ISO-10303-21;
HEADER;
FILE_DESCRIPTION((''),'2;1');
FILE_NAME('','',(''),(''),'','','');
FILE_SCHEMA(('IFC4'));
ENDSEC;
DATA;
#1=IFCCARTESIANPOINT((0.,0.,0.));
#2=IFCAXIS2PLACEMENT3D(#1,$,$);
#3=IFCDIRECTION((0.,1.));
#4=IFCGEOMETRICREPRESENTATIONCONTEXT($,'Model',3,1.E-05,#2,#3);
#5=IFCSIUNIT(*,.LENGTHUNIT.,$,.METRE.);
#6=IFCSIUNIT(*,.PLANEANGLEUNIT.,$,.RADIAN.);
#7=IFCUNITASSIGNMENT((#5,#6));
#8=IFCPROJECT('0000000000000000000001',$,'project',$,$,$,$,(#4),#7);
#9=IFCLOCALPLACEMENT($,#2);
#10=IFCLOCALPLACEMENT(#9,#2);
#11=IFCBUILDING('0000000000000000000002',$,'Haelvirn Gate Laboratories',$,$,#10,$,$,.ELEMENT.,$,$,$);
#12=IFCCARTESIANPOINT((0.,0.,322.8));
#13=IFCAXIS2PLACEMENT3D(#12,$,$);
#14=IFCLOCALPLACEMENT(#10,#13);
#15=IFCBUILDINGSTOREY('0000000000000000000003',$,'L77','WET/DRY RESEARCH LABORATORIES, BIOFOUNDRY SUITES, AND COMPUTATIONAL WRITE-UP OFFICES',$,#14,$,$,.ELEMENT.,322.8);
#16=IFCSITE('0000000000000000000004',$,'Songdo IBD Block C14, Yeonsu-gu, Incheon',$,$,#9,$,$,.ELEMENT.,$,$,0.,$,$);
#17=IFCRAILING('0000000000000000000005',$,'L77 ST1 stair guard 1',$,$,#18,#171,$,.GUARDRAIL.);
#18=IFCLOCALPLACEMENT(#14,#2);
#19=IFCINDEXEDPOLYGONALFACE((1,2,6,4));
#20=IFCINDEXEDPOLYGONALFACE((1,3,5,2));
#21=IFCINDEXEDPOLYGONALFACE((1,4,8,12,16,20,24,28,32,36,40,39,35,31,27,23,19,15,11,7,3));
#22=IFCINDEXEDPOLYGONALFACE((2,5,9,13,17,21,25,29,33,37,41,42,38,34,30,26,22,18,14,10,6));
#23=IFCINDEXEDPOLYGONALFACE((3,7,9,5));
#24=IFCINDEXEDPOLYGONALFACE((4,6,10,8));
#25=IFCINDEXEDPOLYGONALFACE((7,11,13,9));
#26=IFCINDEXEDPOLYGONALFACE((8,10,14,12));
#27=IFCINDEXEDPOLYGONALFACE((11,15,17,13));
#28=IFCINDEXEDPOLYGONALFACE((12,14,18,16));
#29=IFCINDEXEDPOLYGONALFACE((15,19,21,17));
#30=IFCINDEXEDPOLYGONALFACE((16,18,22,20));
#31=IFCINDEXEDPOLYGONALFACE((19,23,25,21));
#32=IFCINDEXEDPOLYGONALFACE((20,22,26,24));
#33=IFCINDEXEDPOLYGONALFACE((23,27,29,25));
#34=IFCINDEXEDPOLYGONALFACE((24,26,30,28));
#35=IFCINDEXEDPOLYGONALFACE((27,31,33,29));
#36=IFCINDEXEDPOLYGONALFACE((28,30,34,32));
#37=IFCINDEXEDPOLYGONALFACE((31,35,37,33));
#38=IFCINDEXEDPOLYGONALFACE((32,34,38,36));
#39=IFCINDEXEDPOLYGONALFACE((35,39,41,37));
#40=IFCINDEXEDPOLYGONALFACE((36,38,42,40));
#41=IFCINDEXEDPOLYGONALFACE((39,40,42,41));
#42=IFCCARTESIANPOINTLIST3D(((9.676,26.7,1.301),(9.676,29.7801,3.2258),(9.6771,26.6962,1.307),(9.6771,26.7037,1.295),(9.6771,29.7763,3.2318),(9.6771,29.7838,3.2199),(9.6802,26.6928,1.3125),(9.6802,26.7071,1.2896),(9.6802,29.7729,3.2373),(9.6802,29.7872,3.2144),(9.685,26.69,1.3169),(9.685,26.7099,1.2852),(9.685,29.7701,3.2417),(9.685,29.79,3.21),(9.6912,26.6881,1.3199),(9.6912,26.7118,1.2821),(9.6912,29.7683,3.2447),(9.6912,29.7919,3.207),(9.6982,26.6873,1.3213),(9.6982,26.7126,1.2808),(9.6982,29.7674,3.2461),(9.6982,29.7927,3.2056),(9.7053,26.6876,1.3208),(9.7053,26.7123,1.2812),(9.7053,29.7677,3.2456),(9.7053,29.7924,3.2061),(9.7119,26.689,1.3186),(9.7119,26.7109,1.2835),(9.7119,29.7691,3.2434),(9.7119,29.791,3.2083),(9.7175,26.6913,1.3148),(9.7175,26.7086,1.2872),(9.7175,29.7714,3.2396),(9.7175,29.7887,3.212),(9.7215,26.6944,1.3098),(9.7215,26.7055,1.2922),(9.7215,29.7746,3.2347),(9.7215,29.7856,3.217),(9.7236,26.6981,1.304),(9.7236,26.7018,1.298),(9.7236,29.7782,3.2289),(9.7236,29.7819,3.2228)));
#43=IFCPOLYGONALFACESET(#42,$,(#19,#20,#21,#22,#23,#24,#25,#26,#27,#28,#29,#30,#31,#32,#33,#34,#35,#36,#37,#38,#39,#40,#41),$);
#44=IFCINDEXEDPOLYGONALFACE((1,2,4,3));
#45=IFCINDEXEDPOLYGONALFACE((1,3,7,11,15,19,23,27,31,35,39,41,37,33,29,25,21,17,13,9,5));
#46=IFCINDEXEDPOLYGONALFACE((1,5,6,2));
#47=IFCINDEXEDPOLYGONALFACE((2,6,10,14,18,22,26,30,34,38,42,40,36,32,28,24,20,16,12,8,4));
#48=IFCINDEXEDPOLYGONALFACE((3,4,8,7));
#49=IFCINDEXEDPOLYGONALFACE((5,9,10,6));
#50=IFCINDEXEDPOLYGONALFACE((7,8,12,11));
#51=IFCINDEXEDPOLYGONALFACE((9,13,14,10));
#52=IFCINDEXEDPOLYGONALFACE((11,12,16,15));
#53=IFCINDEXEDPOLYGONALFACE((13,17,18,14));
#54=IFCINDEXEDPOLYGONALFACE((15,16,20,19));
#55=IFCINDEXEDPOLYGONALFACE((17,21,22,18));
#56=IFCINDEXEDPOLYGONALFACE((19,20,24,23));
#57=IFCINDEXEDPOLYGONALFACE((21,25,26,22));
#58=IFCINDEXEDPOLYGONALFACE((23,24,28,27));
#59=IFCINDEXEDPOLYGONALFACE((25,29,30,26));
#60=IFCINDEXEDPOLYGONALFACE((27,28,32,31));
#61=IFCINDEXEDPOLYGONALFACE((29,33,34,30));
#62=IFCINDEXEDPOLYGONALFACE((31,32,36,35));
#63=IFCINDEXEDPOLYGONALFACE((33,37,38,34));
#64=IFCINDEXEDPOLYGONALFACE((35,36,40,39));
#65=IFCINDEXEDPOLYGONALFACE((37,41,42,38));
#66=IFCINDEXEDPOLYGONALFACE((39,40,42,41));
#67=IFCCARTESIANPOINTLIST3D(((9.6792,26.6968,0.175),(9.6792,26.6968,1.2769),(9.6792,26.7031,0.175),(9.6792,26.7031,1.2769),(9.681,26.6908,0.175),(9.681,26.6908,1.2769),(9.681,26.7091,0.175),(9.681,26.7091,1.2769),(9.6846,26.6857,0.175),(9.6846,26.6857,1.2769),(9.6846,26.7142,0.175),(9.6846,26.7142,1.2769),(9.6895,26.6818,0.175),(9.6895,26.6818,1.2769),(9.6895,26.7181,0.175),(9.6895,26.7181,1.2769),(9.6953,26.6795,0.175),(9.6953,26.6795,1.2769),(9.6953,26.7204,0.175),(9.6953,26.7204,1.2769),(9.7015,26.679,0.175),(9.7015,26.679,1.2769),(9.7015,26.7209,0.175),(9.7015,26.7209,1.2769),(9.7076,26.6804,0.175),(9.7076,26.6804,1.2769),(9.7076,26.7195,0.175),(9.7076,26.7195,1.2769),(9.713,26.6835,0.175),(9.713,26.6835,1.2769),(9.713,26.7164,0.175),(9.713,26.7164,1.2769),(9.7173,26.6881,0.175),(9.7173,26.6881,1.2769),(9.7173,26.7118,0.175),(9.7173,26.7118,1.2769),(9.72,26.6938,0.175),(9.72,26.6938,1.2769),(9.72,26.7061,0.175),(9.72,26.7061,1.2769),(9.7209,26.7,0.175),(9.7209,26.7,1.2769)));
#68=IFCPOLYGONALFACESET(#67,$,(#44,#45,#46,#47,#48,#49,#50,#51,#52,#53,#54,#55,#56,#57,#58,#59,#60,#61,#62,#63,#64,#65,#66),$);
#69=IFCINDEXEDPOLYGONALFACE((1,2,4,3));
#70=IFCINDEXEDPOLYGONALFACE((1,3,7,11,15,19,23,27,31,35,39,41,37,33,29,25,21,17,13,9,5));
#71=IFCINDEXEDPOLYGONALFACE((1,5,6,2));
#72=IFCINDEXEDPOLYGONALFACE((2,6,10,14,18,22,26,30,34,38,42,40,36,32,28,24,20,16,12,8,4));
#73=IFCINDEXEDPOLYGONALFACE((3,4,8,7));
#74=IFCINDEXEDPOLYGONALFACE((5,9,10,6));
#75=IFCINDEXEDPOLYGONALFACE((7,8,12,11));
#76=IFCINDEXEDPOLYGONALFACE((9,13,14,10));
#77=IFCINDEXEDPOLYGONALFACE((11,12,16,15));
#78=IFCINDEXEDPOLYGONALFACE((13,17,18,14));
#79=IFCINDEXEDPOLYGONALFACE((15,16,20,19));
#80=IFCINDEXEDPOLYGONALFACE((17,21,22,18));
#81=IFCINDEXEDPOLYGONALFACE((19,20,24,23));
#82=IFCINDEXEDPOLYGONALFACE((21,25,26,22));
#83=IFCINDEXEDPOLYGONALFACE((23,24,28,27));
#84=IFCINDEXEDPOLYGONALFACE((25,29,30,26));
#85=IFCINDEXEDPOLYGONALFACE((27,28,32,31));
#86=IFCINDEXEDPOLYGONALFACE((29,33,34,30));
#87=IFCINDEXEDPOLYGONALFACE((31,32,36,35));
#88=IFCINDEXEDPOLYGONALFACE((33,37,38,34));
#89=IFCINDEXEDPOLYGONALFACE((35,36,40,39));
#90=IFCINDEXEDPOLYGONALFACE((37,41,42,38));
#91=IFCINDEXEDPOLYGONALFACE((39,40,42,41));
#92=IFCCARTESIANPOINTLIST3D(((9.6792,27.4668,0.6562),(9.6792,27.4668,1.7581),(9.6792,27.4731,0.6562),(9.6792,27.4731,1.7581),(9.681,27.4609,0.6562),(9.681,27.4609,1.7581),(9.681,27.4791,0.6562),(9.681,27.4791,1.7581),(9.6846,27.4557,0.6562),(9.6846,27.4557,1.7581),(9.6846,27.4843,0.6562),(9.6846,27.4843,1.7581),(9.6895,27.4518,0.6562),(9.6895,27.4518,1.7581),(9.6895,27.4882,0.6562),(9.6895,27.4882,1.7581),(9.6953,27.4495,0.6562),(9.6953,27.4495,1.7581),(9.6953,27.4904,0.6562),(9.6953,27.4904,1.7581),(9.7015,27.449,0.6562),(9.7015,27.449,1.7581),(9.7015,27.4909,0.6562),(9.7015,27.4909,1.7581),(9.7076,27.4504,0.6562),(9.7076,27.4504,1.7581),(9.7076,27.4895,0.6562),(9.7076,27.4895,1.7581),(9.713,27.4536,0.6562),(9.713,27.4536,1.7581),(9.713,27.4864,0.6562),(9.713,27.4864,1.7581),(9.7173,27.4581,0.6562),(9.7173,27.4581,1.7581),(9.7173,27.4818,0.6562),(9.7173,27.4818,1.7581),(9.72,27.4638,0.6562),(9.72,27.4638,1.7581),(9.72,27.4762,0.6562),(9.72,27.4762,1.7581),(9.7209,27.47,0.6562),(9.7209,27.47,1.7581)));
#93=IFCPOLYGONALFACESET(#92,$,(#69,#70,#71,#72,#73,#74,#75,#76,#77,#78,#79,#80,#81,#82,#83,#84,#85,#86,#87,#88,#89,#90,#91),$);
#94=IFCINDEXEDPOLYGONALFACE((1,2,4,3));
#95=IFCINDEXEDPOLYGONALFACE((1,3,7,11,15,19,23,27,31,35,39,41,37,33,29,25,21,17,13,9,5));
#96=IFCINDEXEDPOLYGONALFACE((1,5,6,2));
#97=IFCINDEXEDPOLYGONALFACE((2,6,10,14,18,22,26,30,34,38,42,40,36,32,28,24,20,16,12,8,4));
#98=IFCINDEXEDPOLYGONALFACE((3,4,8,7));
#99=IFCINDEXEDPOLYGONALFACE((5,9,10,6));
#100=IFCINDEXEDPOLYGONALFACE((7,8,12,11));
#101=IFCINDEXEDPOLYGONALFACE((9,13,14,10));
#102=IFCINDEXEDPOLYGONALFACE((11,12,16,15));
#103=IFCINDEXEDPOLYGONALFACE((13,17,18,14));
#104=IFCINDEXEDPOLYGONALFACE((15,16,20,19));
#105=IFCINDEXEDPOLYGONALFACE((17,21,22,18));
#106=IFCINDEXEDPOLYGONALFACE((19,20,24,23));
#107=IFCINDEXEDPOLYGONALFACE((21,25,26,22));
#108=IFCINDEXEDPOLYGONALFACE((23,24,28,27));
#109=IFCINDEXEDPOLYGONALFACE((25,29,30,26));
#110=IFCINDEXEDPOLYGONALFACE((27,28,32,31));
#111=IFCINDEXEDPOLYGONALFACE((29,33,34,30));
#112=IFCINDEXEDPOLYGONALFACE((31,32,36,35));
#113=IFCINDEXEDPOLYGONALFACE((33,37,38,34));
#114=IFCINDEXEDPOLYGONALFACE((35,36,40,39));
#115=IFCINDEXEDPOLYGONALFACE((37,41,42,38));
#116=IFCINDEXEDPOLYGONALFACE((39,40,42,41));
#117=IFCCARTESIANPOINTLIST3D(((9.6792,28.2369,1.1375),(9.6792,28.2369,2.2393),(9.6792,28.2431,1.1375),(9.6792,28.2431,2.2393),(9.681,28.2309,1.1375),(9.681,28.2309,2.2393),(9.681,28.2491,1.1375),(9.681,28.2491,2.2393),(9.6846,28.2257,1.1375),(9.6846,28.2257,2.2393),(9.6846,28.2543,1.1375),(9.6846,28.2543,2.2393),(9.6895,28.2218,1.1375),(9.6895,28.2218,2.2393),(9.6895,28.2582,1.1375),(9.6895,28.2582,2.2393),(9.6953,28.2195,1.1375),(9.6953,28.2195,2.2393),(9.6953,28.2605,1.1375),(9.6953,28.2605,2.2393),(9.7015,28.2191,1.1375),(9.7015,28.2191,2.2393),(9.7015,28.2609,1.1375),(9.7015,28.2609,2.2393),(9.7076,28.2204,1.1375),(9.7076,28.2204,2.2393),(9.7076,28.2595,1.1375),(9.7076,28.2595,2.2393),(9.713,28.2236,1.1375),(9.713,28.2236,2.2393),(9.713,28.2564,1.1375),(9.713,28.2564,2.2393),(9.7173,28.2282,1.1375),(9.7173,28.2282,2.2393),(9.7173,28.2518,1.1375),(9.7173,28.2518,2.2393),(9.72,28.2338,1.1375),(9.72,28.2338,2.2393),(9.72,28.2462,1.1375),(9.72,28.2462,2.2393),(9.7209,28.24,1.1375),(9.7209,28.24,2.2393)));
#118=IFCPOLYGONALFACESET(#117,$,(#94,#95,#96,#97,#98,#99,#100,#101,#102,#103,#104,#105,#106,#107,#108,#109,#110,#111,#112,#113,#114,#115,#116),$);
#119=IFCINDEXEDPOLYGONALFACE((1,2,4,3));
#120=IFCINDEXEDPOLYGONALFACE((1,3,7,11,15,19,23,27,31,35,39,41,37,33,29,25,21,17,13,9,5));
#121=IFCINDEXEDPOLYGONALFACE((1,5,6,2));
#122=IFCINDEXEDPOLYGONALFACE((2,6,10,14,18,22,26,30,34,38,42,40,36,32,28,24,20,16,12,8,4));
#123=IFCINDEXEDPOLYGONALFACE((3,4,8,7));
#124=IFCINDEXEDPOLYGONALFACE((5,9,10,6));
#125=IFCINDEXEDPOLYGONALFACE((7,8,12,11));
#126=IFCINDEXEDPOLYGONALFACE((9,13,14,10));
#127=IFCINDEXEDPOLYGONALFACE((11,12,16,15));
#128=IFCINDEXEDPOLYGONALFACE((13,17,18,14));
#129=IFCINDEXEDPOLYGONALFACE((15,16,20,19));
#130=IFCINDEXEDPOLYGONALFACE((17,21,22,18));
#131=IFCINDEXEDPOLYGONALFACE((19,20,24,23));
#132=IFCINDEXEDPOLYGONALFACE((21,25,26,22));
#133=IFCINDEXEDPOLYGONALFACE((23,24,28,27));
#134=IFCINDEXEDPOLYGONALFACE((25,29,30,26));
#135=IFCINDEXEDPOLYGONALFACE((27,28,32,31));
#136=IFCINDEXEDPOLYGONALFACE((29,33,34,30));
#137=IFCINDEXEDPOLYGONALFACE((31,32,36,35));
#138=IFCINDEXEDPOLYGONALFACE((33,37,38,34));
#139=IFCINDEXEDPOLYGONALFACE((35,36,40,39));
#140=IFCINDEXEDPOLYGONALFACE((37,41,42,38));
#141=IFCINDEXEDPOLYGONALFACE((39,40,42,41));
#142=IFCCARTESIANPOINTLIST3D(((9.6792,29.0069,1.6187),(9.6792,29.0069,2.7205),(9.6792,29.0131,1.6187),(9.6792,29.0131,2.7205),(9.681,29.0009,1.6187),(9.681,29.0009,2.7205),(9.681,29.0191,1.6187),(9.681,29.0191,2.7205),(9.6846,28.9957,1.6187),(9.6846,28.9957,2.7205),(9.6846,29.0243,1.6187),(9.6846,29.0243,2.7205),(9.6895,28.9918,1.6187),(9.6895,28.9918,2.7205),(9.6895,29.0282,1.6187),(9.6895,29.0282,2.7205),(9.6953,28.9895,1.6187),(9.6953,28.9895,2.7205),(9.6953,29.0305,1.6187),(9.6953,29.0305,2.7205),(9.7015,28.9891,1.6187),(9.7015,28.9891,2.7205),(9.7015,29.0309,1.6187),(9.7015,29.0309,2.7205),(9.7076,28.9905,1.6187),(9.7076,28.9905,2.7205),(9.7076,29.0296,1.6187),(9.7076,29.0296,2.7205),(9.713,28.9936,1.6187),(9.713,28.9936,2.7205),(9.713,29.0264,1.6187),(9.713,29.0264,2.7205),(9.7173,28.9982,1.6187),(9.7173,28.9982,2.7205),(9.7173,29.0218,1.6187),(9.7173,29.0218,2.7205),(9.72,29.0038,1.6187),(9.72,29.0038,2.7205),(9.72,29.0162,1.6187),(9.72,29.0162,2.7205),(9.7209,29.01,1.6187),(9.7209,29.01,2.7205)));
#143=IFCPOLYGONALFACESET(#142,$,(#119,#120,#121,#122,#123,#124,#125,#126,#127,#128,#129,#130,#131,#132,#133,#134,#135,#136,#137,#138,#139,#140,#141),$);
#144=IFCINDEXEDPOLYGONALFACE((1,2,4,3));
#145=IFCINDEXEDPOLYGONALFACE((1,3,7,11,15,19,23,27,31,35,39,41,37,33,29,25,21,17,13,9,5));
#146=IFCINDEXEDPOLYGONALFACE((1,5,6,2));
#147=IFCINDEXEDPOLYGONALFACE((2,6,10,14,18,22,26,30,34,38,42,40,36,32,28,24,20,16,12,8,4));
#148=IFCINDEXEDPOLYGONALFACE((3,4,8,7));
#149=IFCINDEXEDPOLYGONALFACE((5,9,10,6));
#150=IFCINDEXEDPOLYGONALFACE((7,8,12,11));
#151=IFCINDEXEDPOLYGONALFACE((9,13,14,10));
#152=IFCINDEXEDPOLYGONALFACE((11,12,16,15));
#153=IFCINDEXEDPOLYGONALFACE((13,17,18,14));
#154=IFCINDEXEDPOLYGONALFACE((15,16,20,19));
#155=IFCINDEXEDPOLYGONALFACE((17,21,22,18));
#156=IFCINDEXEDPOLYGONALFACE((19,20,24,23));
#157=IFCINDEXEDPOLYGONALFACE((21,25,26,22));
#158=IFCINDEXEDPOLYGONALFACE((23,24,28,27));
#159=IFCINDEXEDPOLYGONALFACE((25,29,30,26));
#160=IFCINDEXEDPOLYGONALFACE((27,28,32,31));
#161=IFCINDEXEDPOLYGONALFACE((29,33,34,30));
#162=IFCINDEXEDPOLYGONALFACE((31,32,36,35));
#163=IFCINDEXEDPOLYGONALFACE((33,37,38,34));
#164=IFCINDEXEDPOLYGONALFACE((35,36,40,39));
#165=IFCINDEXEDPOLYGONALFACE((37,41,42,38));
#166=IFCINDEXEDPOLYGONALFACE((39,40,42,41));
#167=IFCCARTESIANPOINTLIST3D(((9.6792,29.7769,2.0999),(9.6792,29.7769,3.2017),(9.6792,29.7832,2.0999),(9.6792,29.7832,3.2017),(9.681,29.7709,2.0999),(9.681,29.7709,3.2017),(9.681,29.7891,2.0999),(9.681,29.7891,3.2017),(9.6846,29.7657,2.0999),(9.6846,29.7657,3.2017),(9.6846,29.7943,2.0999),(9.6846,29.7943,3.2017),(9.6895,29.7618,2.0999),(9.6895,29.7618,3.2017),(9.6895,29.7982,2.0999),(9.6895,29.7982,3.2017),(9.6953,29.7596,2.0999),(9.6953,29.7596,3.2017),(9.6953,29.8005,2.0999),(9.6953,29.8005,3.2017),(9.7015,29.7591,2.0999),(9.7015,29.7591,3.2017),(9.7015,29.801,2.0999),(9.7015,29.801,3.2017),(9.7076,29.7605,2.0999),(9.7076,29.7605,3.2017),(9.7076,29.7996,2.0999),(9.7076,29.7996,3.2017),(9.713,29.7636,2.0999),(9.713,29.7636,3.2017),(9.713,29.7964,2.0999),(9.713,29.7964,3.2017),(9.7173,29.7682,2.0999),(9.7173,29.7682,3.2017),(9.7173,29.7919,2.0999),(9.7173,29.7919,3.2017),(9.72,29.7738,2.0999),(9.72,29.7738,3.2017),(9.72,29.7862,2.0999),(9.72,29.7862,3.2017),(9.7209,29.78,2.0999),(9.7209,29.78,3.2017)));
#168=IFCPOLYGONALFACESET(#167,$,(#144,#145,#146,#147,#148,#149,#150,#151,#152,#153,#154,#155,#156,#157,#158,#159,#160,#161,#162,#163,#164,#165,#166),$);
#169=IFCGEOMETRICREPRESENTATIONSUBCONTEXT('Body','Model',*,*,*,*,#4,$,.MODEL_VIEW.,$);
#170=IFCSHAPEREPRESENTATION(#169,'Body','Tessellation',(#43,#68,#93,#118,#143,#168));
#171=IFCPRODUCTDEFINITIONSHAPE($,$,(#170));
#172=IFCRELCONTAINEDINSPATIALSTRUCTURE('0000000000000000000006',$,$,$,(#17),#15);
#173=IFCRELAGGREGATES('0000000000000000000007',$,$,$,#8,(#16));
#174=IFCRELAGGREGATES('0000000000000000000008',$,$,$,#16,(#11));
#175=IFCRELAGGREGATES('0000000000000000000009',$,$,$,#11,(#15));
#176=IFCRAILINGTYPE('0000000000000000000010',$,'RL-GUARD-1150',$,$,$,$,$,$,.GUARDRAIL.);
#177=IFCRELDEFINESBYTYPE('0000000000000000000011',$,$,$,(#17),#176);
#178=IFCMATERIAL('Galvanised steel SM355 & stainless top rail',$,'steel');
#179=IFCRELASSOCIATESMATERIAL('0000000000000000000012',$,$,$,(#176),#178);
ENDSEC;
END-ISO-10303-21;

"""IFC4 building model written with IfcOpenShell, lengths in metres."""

from ifc_helpers import new_model, si_unit, direction, frame, origin, origin_2d, place, context, subcontext, project, spatial, circle, extrude, source, transform, mapped, material, type_object, element, save


model = new_model("IFC4")

# Units and contexts
model_context = context("Model", 3, precision=1e-05, world=origin(), true_north=direction((0.0, 1.0)))
body_context = subcontext(model_context, "Body", "Model", "MODEL_VIEW")
ifc_project = project(units=[si_unit("LENGTHUNIT", "METRE"), si_unit("PLANEANGLEUNIT", "RADIAN")], contexts=[model_context])

# Site, building, storey
site_placement = place(None, origin())
site = spatial("IfcSite", under=ifc_project, at=site_placement, Name="Songdo IBD Block C14, Yeonsu-gu, Incheon", CompositionType="ELEMENT", RefElevation=0.0)
building_placement = place(site_placement, origin())
building = spatial("IfcBuilding", under=site, at=building_placement, Name="Haelvirn Gate Laboratories", CompositionType="ELEMENT")
storey_placement = place(building_placement, frame((0.0, 0.0, 322.8)))
storey = spatial("IfcBuildingStorey", under=building, at=storey_placement, Name="L77", Description="WET/DRY RESEARCH LABORATORIES, BIOFOUNDRY SUITES, AND COMPUTATIONAL WRITE-UP OFFICES", CompositionType="ELEMENT", Elevation=322.8)

# Railing
ifc_material_1 = material(Name="Galvanised steel SM355 & stainless top rail", Category="steel")
railing_type_1 = type_object("IfcRailingType", Name="RL-GUARD-1150", PredefinedType="GUARDRAIL", material=ifc_material_1)
shared_shape_1 = source(origin(), body_context, "Body", "SweptSolid", [
    extrude(circle(Radius=0.0239, at=origin_2d()), frame((0.0, 0.0, 1.126), z_axis=(0.0, 0.848029, 0.529951), x_axis=(-1.0, 0.0, 0.0)), (0.0, 0.0, 1.0), 3.6321),
    extrude(circle(Radius=0.021, at=origin_2d()), origin(), (0.0, 0.0, 1.0), 1.1018),
    extrude(circle(Radius=0.021, at=origin_2d()), frame((0.0, 0.77, 0.4812)), (0.0, 0.0, 1.0), 1.1018),
    extrude(circle(Radius=0.021, at=origin_2d()), frame((0.0, 1.54, 0.9624)), (0.0, 0.0, 1.0), 1.1018),
    extrude(circle(Radius=0.021, at=origin_2d()), frame((0.0, 2.3101, 1.4436)), (0.0, 0.0, 1.0), 1.1018),
    extrude(circle(Radius=0.021, at=origin_2d()), frame((0.0, 3.0801, 1.9248)), (0.0, 0.0, 1.0), 1.1018),
])
railing_1_placement = place(storey_placement, frame((9.7, 26.7, 0.175)))
element("IfcRailing", 1, at=railing_1_placement, inside=storey, type_object=railing_type_1, Name="L77 ST1 stair guard 1", PredefinedType="GUARDRAIL", context=body_context, shape_type="MappedRepresentation", body=[
    mapped(shared_shape_1, transform((0.0, 0.0, 0.0), scale=1.0)),
])

save(model, "model.ifc")
